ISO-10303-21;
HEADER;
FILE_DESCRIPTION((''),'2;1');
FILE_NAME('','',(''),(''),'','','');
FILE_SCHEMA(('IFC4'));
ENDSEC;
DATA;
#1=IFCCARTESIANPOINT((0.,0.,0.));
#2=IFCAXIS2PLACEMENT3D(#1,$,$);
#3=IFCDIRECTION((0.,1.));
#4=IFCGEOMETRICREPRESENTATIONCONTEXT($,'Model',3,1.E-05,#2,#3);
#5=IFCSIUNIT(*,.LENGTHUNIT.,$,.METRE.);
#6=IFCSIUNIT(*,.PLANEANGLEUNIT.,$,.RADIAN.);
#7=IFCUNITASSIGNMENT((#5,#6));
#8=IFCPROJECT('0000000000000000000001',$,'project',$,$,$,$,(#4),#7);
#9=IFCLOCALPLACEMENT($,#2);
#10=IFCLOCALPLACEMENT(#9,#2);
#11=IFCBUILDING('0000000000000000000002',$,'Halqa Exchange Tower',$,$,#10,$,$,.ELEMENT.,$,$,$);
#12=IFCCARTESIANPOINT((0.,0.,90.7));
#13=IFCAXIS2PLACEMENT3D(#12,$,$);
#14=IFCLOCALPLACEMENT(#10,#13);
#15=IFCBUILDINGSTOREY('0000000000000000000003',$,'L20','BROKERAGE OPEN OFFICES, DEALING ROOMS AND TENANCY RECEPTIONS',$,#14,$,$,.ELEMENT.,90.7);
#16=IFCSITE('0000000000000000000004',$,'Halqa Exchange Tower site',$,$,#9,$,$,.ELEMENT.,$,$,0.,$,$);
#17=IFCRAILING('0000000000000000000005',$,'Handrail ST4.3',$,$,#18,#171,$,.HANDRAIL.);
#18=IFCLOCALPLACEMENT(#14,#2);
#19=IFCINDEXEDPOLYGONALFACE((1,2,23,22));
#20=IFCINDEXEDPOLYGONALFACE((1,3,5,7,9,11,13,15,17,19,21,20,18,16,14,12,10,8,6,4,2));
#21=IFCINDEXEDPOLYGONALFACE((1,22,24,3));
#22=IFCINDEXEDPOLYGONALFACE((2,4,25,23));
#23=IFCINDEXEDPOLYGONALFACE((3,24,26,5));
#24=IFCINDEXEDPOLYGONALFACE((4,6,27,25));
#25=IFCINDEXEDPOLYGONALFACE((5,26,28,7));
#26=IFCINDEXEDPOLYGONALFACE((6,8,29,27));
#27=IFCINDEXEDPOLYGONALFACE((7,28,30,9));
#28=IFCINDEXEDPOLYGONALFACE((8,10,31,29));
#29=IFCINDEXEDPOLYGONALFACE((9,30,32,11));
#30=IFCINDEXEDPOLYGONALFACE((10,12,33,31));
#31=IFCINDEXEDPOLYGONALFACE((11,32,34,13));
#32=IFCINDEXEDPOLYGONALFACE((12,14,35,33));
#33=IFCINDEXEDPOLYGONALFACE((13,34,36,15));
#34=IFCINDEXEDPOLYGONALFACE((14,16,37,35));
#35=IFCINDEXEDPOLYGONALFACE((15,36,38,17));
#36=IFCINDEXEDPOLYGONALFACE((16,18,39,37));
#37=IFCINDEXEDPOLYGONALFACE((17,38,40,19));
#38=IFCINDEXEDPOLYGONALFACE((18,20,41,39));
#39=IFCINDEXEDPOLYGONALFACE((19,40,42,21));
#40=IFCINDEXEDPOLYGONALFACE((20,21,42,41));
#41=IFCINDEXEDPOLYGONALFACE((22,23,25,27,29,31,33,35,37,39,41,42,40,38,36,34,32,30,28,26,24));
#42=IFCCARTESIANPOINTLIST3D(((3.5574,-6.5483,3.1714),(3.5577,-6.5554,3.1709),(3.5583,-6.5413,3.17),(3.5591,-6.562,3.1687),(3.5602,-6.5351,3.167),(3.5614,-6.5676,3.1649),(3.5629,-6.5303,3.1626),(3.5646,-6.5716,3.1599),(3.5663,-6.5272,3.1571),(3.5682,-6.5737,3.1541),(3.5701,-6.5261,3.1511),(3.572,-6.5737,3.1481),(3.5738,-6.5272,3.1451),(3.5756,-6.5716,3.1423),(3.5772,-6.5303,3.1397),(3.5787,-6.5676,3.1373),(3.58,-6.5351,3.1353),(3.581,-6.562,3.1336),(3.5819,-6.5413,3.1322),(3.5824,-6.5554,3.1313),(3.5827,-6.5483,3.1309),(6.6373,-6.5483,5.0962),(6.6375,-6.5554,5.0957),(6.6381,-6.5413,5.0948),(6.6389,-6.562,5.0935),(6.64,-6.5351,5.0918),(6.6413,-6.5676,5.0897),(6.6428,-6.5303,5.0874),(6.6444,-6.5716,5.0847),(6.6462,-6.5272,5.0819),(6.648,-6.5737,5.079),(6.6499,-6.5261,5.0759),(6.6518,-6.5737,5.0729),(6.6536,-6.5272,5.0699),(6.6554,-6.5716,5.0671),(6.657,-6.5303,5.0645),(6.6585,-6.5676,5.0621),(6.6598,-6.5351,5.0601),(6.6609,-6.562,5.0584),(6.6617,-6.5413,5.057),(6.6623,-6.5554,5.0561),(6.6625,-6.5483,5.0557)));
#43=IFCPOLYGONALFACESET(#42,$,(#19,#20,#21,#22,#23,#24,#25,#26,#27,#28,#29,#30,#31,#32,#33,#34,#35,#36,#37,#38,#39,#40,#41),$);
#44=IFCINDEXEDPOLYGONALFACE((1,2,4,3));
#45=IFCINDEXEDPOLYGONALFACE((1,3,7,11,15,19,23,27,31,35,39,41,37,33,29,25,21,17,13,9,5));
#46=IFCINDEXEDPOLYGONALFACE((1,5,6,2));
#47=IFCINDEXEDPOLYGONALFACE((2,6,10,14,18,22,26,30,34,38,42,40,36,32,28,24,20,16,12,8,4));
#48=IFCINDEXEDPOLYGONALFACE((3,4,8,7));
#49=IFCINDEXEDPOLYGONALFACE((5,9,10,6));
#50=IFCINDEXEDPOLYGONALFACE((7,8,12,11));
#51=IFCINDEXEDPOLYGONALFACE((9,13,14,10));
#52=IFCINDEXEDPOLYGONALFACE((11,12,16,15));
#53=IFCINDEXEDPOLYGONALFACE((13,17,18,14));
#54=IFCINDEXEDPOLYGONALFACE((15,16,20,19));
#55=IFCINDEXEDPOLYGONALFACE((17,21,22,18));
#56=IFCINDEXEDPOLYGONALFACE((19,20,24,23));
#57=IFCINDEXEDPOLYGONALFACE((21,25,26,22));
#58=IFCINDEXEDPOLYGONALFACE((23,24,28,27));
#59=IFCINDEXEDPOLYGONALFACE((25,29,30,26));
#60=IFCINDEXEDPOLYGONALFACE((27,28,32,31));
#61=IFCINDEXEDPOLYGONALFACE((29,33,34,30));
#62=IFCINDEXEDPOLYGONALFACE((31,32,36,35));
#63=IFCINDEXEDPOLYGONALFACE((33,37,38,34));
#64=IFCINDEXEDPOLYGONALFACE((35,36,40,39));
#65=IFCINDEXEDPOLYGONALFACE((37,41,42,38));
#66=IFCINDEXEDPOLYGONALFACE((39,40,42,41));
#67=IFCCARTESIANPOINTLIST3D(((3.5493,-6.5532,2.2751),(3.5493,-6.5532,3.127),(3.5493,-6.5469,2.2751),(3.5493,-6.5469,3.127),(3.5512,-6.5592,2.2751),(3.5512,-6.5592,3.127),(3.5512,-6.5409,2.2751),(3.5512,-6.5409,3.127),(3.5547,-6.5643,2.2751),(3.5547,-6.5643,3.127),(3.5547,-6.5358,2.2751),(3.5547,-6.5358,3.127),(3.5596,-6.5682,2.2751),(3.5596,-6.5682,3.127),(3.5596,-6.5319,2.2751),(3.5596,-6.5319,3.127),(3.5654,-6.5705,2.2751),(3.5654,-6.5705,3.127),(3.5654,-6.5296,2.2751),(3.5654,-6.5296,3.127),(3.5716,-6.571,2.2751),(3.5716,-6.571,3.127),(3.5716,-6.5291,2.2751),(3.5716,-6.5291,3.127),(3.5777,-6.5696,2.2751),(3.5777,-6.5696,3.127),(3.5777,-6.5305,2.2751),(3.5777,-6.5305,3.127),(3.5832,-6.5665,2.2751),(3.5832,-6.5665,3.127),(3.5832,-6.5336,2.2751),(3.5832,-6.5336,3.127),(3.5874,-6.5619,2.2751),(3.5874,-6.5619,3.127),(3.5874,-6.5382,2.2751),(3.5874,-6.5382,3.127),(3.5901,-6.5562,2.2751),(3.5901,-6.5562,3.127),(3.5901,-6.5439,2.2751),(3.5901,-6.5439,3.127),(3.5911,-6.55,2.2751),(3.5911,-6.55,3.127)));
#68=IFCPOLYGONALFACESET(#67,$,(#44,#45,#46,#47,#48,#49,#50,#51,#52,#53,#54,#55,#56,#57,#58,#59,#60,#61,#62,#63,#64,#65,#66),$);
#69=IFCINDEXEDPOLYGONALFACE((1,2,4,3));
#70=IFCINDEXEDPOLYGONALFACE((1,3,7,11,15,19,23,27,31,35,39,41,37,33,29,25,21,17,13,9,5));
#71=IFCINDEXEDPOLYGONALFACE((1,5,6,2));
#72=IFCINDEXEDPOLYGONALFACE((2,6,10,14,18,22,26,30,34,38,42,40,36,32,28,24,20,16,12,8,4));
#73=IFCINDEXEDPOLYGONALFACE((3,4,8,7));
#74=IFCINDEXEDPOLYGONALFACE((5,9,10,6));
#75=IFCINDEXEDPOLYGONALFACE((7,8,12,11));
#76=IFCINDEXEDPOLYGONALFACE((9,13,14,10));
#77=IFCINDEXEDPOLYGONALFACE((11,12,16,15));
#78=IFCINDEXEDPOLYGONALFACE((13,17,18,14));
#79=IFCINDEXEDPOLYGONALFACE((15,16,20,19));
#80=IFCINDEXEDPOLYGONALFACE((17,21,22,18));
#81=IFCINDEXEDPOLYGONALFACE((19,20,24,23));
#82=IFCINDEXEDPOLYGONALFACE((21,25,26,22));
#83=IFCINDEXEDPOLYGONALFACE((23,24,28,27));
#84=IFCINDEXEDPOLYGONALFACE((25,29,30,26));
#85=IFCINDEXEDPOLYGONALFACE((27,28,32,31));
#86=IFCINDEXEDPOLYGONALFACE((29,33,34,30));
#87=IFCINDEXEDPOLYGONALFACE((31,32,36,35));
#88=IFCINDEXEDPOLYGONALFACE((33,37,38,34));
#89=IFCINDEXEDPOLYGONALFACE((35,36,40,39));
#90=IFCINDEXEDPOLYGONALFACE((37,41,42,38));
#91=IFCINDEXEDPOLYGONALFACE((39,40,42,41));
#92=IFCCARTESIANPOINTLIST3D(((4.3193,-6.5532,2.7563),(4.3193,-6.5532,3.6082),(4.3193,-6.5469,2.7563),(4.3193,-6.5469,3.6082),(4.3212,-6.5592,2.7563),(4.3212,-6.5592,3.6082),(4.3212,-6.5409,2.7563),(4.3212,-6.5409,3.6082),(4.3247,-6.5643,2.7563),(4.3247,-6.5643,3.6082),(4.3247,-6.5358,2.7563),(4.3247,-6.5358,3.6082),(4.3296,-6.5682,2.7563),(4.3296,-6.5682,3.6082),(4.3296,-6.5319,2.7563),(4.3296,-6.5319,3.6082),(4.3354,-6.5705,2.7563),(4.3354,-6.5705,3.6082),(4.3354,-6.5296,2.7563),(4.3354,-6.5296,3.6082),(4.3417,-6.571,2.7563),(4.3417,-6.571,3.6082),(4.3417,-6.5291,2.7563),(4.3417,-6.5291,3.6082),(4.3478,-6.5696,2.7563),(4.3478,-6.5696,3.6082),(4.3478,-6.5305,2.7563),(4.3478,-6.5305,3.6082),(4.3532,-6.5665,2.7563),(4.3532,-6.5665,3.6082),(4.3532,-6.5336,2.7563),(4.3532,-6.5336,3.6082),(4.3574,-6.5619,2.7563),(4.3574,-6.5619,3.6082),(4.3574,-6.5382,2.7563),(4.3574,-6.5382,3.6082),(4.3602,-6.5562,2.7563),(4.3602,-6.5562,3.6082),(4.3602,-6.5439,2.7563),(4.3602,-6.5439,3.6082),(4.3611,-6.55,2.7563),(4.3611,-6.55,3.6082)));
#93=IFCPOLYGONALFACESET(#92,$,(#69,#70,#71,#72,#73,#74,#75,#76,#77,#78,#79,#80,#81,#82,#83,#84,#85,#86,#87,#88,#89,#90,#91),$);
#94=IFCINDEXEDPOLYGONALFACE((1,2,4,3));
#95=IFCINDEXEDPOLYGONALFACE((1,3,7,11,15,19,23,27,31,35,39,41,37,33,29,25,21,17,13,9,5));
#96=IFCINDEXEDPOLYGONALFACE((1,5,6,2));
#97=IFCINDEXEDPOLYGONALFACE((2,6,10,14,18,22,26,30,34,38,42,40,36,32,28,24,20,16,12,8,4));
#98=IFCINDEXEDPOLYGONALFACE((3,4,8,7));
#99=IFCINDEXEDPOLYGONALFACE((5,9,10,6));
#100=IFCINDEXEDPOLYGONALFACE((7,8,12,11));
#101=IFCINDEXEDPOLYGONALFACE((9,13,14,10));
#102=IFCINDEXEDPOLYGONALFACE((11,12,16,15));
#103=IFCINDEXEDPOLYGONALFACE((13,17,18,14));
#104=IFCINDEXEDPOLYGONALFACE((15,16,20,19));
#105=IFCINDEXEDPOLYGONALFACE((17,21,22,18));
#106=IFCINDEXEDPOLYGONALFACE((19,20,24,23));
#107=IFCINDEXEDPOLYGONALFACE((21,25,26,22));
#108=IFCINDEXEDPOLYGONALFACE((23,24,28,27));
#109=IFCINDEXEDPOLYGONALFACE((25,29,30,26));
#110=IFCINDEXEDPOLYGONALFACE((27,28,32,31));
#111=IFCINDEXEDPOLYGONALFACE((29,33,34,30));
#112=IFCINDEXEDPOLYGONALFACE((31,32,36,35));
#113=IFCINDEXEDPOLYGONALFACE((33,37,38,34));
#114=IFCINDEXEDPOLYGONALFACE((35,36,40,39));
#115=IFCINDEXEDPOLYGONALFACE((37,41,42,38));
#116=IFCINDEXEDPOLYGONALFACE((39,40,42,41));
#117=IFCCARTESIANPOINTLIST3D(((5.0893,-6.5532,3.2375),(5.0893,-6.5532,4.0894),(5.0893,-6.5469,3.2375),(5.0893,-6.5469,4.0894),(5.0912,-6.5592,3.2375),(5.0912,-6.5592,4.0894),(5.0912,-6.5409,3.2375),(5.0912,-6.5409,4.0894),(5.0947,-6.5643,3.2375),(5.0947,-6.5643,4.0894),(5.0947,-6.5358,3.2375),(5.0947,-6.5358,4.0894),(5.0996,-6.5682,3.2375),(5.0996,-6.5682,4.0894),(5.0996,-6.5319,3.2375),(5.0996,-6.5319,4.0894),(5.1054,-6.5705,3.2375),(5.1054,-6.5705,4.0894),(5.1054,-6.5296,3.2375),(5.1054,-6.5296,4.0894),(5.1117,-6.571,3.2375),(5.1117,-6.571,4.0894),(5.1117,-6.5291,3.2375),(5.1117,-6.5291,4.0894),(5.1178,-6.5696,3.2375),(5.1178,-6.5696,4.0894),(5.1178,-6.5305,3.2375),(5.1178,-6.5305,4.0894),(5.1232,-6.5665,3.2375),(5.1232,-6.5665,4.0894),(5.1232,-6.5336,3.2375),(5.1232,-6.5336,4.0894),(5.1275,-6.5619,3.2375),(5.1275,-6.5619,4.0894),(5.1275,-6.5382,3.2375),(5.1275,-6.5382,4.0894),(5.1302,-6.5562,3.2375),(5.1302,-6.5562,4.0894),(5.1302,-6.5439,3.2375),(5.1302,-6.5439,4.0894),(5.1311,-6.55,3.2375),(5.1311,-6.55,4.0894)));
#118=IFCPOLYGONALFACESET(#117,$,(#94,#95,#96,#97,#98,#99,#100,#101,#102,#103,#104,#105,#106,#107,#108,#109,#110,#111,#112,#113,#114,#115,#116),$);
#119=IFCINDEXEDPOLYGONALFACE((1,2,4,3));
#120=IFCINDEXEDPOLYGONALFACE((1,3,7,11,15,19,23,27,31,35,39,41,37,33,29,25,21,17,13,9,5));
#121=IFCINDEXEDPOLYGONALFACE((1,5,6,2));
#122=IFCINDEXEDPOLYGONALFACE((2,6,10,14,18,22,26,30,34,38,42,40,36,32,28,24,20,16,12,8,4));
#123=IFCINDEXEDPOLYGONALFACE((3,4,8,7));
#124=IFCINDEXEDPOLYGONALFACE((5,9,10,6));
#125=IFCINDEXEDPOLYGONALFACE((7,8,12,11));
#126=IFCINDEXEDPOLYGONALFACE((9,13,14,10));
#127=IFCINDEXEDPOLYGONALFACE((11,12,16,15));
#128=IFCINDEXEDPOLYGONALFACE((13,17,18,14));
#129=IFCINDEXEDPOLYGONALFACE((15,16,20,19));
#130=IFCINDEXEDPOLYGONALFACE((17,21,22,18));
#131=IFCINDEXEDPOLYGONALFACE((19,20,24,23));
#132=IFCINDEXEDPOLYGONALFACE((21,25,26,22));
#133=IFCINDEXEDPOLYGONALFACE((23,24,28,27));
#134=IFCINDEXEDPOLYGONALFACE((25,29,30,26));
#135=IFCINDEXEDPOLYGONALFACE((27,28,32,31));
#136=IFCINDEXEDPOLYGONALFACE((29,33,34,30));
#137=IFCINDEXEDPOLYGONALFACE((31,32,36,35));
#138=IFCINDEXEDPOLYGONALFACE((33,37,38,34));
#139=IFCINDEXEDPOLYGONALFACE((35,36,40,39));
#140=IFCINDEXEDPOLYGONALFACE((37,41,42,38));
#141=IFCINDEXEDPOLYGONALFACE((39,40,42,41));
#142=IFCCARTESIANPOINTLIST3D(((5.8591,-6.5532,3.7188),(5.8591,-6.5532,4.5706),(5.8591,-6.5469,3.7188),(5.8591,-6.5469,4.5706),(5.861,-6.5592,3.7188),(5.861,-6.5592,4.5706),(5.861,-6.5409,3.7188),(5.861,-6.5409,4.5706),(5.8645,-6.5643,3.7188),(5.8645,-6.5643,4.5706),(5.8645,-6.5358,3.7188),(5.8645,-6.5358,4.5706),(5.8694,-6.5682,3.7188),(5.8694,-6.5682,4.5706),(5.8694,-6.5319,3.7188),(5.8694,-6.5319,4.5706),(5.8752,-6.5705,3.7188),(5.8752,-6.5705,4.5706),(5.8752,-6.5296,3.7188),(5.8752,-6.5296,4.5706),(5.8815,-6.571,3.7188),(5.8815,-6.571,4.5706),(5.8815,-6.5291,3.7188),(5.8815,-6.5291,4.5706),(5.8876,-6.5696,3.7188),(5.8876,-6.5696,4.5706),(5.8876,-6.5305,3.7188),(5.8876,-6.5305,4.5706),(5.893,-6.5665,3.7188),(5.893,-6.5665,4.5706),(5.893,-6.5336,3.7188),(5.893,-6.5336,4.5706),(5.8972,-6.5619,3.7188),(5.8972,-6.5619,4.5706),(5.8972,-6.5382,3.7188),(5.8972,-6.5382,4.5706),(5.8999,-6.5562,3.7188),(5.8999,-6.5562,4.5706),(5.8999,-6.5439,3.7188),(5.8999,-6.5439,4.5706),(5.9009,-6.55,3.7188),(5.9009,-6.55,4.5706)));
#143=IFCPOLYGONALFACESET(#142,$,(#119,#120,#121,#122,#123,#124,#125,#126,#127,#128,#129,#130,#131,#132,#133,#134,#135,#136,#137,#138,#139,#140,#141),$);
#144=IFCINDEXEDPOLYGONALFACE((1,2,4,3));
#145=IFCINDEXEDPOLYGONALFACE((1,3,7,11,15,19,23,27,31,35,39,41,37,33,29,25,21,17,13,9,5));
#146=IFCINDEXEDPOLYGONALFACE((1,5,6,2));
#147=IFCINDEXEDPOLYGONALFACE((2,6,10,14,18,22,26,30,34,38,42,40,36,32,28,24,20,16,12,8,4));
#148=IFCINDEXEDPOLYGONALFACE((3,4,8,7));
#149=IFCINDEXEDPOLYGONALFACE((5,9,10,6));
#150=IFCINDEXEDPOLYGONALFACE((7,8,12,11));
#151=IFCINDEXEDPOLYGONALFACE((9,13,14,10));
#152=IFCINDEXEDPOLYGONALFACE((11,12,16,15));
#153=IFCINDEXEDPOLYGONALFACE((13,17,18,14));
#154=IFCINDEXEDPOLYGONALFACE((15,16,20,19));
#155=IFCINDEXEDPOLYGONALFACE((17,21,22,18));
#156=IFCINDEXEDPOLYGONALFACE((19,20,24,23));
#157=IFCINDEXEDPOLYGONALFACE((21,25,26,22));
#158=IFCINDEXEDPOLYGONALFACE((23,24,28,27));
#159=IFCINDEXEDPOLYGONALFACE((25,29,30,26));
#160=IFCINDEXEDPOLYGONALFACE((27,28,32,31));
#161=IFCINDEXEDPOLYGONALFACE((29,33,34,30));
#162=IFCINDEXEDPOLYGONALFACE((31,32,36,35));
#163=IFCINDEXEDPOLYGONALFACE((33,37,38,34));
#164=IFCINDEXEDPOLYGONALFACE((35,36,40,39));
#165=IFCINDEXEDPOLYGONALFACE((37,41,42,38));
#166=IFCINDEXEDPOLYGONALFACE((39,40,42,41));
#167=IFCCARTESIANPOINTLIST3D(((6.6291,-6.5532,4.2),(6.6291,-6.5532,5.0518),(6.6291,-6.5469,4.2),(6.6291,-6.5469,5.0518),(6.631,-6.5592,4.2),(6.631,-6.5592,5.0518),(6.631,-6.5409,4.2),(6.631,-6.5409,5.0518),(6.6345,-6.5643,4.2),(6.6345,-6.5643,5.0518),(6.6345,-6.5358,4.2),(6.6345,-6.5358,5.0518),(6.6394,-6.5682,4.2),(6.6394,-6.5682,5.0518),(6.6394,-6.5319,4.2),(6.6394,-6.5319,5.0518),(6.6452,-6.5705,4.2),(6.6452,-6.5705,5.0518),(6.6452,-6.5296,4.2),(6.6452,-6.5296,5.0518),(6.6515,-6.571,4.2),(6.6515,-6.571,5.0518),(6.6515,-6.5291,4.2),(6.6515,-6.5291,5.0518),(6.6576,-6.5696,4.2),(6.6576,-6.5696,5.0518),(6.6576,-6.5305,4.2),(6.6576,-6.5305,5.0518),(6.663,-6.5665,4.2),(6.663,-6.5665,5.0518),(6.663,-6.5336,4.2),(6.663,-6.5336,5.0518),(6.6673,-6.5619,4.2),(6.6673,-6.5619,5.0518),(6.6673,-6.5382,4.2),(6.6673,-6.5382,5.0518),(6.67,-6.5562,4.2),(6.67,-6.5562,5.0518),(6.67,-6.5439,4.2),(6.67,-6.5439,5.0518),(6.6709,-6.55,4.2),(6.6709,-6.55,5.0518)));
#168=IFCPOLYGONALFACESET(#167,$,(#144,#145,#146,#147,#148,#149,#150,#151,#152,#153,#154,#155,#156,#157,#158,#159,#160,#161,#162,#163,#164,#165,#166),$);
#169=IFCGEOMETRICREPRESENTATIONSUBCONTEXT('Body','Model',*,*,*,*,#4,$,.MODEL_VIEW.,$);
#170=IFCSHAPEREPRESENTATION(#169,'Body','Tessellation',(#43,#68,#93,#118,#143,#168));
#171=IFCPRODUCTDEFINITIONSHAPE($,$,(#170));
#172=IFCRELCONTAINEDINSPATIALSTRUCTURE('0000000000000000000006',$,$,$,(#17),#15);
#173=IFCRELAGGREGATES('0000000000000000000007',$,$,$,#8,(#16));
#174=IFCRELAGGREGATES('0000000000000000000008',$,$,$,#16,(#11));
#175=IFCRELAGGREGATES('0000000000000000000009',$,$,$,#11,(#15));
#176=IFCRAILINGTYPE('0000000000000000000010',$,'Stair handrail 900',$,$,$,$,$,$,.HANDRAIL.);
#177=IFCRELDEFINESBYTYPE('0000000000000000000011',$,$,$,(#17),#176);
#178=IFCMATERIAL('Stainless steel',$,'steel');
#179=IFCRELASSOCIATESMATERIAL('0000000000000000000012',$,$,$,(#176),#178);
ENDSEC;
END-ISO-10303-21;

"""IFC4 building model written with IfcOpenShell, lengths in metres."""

from ifc_helpers import new_model, si_unit, direction, frame, origin, origin_2d, place, context, subcontext, project, spatial, circle, extrude, material, type_object, element, save


model = new_model("IFC4")

# Units and contexts
model_context = context("Model", 3, precision=1e-05, world=origin(), true_north=direction((0.0, 1.0)))
body_context = subcontext(model_context, "Body", "Model", "MODEL_VIEW")
ifc_project = project(units=[si_unit("LENGTHUNIT", "METRE"), si_unit("PLANEANGLEUNIT", "RADIAN")], contexts=[model_context])

# Site, building, storey
site_placement = place(None, origin())
site = spatial("IfcSite", under=ifc_project, at=site_placement, Name="Halqa Exchange Tower site", CompositionType="ELEMENT", RefElevation=0.0)
building_placement = place(site_placement, origin())
building = spatial("IfcBuilding", under=site, at=building_placement, Name="Halqa Exchange Tower", CompositionType="ELEMENT")
storey_placement = place(building_placement, frame((0.0, 0.0, 90.7)))
storey = spatial("IfcBuildingStorey", under=building, at=storey_placement, Name="L20", Description="BROKERAGE OPEN OFFICES, DEALING ROOMS AND TENANCY RECEPTIONS", CompositionType="ELEMENT", Elevation=90.7)

# Railing
ifc_material_1 = material(Name="Stainless steel", Category="steel")
railing_type_1 = type_object("IfcRailingType", Name="Stair handrail 900", PredefinedType="HANDRAIL", material=ifc_material_1)
railing_1_placement = place(storey_placement, frame((3.5701, -6.55, 2.2751)))
element("IfcRailing", 1, at=railing_1_placement, inside=storey, type_object=railing_type_1, Name="Handrail ST4.3", PredefinedType="HANDRAIL", context=body_context, shape_type="SweptSolid", body=[
    extrude(circle(Radius=0.0239, at=origin_2d()), frame((0.0, 0.0, 0.876), z_axis=(0.84801, 0.0, 0.529981), x_axis=(0.0, 1.0, 0.0)), (0.0, 0.0, 1.0), 3.6318),
    extrude(circle(Radius=0.021, at=origin_2d()), origin(), (0.0, 0.0, 1.0), 0.8518),
    extrude(circle(Radius=0.021, at=origin_2d()), frame((0.77, 0.0, 0.4812)), (0.0, 0.0, 1.0), 0.8518),
    extrude(circle(Radius=0.021, at=origin_2d()), frame((1.54, 0.0, 0.9624)), (0.0, 0.0, 1.0), 0.8518),
    extrude(circle(Radius=0.021, at=origin_2d()), frame((2.3098, 0.0, 1.4436)), (0.0, 0.0, 1.0), 0.8518),
    extrude(circle(Radius=0.021, at=origin_2d()), frame((3.0798, 0.0, 1.9248)), (0.0, 0.0, 1.0), 0.8518),
])

save(model, "model.ifc")
